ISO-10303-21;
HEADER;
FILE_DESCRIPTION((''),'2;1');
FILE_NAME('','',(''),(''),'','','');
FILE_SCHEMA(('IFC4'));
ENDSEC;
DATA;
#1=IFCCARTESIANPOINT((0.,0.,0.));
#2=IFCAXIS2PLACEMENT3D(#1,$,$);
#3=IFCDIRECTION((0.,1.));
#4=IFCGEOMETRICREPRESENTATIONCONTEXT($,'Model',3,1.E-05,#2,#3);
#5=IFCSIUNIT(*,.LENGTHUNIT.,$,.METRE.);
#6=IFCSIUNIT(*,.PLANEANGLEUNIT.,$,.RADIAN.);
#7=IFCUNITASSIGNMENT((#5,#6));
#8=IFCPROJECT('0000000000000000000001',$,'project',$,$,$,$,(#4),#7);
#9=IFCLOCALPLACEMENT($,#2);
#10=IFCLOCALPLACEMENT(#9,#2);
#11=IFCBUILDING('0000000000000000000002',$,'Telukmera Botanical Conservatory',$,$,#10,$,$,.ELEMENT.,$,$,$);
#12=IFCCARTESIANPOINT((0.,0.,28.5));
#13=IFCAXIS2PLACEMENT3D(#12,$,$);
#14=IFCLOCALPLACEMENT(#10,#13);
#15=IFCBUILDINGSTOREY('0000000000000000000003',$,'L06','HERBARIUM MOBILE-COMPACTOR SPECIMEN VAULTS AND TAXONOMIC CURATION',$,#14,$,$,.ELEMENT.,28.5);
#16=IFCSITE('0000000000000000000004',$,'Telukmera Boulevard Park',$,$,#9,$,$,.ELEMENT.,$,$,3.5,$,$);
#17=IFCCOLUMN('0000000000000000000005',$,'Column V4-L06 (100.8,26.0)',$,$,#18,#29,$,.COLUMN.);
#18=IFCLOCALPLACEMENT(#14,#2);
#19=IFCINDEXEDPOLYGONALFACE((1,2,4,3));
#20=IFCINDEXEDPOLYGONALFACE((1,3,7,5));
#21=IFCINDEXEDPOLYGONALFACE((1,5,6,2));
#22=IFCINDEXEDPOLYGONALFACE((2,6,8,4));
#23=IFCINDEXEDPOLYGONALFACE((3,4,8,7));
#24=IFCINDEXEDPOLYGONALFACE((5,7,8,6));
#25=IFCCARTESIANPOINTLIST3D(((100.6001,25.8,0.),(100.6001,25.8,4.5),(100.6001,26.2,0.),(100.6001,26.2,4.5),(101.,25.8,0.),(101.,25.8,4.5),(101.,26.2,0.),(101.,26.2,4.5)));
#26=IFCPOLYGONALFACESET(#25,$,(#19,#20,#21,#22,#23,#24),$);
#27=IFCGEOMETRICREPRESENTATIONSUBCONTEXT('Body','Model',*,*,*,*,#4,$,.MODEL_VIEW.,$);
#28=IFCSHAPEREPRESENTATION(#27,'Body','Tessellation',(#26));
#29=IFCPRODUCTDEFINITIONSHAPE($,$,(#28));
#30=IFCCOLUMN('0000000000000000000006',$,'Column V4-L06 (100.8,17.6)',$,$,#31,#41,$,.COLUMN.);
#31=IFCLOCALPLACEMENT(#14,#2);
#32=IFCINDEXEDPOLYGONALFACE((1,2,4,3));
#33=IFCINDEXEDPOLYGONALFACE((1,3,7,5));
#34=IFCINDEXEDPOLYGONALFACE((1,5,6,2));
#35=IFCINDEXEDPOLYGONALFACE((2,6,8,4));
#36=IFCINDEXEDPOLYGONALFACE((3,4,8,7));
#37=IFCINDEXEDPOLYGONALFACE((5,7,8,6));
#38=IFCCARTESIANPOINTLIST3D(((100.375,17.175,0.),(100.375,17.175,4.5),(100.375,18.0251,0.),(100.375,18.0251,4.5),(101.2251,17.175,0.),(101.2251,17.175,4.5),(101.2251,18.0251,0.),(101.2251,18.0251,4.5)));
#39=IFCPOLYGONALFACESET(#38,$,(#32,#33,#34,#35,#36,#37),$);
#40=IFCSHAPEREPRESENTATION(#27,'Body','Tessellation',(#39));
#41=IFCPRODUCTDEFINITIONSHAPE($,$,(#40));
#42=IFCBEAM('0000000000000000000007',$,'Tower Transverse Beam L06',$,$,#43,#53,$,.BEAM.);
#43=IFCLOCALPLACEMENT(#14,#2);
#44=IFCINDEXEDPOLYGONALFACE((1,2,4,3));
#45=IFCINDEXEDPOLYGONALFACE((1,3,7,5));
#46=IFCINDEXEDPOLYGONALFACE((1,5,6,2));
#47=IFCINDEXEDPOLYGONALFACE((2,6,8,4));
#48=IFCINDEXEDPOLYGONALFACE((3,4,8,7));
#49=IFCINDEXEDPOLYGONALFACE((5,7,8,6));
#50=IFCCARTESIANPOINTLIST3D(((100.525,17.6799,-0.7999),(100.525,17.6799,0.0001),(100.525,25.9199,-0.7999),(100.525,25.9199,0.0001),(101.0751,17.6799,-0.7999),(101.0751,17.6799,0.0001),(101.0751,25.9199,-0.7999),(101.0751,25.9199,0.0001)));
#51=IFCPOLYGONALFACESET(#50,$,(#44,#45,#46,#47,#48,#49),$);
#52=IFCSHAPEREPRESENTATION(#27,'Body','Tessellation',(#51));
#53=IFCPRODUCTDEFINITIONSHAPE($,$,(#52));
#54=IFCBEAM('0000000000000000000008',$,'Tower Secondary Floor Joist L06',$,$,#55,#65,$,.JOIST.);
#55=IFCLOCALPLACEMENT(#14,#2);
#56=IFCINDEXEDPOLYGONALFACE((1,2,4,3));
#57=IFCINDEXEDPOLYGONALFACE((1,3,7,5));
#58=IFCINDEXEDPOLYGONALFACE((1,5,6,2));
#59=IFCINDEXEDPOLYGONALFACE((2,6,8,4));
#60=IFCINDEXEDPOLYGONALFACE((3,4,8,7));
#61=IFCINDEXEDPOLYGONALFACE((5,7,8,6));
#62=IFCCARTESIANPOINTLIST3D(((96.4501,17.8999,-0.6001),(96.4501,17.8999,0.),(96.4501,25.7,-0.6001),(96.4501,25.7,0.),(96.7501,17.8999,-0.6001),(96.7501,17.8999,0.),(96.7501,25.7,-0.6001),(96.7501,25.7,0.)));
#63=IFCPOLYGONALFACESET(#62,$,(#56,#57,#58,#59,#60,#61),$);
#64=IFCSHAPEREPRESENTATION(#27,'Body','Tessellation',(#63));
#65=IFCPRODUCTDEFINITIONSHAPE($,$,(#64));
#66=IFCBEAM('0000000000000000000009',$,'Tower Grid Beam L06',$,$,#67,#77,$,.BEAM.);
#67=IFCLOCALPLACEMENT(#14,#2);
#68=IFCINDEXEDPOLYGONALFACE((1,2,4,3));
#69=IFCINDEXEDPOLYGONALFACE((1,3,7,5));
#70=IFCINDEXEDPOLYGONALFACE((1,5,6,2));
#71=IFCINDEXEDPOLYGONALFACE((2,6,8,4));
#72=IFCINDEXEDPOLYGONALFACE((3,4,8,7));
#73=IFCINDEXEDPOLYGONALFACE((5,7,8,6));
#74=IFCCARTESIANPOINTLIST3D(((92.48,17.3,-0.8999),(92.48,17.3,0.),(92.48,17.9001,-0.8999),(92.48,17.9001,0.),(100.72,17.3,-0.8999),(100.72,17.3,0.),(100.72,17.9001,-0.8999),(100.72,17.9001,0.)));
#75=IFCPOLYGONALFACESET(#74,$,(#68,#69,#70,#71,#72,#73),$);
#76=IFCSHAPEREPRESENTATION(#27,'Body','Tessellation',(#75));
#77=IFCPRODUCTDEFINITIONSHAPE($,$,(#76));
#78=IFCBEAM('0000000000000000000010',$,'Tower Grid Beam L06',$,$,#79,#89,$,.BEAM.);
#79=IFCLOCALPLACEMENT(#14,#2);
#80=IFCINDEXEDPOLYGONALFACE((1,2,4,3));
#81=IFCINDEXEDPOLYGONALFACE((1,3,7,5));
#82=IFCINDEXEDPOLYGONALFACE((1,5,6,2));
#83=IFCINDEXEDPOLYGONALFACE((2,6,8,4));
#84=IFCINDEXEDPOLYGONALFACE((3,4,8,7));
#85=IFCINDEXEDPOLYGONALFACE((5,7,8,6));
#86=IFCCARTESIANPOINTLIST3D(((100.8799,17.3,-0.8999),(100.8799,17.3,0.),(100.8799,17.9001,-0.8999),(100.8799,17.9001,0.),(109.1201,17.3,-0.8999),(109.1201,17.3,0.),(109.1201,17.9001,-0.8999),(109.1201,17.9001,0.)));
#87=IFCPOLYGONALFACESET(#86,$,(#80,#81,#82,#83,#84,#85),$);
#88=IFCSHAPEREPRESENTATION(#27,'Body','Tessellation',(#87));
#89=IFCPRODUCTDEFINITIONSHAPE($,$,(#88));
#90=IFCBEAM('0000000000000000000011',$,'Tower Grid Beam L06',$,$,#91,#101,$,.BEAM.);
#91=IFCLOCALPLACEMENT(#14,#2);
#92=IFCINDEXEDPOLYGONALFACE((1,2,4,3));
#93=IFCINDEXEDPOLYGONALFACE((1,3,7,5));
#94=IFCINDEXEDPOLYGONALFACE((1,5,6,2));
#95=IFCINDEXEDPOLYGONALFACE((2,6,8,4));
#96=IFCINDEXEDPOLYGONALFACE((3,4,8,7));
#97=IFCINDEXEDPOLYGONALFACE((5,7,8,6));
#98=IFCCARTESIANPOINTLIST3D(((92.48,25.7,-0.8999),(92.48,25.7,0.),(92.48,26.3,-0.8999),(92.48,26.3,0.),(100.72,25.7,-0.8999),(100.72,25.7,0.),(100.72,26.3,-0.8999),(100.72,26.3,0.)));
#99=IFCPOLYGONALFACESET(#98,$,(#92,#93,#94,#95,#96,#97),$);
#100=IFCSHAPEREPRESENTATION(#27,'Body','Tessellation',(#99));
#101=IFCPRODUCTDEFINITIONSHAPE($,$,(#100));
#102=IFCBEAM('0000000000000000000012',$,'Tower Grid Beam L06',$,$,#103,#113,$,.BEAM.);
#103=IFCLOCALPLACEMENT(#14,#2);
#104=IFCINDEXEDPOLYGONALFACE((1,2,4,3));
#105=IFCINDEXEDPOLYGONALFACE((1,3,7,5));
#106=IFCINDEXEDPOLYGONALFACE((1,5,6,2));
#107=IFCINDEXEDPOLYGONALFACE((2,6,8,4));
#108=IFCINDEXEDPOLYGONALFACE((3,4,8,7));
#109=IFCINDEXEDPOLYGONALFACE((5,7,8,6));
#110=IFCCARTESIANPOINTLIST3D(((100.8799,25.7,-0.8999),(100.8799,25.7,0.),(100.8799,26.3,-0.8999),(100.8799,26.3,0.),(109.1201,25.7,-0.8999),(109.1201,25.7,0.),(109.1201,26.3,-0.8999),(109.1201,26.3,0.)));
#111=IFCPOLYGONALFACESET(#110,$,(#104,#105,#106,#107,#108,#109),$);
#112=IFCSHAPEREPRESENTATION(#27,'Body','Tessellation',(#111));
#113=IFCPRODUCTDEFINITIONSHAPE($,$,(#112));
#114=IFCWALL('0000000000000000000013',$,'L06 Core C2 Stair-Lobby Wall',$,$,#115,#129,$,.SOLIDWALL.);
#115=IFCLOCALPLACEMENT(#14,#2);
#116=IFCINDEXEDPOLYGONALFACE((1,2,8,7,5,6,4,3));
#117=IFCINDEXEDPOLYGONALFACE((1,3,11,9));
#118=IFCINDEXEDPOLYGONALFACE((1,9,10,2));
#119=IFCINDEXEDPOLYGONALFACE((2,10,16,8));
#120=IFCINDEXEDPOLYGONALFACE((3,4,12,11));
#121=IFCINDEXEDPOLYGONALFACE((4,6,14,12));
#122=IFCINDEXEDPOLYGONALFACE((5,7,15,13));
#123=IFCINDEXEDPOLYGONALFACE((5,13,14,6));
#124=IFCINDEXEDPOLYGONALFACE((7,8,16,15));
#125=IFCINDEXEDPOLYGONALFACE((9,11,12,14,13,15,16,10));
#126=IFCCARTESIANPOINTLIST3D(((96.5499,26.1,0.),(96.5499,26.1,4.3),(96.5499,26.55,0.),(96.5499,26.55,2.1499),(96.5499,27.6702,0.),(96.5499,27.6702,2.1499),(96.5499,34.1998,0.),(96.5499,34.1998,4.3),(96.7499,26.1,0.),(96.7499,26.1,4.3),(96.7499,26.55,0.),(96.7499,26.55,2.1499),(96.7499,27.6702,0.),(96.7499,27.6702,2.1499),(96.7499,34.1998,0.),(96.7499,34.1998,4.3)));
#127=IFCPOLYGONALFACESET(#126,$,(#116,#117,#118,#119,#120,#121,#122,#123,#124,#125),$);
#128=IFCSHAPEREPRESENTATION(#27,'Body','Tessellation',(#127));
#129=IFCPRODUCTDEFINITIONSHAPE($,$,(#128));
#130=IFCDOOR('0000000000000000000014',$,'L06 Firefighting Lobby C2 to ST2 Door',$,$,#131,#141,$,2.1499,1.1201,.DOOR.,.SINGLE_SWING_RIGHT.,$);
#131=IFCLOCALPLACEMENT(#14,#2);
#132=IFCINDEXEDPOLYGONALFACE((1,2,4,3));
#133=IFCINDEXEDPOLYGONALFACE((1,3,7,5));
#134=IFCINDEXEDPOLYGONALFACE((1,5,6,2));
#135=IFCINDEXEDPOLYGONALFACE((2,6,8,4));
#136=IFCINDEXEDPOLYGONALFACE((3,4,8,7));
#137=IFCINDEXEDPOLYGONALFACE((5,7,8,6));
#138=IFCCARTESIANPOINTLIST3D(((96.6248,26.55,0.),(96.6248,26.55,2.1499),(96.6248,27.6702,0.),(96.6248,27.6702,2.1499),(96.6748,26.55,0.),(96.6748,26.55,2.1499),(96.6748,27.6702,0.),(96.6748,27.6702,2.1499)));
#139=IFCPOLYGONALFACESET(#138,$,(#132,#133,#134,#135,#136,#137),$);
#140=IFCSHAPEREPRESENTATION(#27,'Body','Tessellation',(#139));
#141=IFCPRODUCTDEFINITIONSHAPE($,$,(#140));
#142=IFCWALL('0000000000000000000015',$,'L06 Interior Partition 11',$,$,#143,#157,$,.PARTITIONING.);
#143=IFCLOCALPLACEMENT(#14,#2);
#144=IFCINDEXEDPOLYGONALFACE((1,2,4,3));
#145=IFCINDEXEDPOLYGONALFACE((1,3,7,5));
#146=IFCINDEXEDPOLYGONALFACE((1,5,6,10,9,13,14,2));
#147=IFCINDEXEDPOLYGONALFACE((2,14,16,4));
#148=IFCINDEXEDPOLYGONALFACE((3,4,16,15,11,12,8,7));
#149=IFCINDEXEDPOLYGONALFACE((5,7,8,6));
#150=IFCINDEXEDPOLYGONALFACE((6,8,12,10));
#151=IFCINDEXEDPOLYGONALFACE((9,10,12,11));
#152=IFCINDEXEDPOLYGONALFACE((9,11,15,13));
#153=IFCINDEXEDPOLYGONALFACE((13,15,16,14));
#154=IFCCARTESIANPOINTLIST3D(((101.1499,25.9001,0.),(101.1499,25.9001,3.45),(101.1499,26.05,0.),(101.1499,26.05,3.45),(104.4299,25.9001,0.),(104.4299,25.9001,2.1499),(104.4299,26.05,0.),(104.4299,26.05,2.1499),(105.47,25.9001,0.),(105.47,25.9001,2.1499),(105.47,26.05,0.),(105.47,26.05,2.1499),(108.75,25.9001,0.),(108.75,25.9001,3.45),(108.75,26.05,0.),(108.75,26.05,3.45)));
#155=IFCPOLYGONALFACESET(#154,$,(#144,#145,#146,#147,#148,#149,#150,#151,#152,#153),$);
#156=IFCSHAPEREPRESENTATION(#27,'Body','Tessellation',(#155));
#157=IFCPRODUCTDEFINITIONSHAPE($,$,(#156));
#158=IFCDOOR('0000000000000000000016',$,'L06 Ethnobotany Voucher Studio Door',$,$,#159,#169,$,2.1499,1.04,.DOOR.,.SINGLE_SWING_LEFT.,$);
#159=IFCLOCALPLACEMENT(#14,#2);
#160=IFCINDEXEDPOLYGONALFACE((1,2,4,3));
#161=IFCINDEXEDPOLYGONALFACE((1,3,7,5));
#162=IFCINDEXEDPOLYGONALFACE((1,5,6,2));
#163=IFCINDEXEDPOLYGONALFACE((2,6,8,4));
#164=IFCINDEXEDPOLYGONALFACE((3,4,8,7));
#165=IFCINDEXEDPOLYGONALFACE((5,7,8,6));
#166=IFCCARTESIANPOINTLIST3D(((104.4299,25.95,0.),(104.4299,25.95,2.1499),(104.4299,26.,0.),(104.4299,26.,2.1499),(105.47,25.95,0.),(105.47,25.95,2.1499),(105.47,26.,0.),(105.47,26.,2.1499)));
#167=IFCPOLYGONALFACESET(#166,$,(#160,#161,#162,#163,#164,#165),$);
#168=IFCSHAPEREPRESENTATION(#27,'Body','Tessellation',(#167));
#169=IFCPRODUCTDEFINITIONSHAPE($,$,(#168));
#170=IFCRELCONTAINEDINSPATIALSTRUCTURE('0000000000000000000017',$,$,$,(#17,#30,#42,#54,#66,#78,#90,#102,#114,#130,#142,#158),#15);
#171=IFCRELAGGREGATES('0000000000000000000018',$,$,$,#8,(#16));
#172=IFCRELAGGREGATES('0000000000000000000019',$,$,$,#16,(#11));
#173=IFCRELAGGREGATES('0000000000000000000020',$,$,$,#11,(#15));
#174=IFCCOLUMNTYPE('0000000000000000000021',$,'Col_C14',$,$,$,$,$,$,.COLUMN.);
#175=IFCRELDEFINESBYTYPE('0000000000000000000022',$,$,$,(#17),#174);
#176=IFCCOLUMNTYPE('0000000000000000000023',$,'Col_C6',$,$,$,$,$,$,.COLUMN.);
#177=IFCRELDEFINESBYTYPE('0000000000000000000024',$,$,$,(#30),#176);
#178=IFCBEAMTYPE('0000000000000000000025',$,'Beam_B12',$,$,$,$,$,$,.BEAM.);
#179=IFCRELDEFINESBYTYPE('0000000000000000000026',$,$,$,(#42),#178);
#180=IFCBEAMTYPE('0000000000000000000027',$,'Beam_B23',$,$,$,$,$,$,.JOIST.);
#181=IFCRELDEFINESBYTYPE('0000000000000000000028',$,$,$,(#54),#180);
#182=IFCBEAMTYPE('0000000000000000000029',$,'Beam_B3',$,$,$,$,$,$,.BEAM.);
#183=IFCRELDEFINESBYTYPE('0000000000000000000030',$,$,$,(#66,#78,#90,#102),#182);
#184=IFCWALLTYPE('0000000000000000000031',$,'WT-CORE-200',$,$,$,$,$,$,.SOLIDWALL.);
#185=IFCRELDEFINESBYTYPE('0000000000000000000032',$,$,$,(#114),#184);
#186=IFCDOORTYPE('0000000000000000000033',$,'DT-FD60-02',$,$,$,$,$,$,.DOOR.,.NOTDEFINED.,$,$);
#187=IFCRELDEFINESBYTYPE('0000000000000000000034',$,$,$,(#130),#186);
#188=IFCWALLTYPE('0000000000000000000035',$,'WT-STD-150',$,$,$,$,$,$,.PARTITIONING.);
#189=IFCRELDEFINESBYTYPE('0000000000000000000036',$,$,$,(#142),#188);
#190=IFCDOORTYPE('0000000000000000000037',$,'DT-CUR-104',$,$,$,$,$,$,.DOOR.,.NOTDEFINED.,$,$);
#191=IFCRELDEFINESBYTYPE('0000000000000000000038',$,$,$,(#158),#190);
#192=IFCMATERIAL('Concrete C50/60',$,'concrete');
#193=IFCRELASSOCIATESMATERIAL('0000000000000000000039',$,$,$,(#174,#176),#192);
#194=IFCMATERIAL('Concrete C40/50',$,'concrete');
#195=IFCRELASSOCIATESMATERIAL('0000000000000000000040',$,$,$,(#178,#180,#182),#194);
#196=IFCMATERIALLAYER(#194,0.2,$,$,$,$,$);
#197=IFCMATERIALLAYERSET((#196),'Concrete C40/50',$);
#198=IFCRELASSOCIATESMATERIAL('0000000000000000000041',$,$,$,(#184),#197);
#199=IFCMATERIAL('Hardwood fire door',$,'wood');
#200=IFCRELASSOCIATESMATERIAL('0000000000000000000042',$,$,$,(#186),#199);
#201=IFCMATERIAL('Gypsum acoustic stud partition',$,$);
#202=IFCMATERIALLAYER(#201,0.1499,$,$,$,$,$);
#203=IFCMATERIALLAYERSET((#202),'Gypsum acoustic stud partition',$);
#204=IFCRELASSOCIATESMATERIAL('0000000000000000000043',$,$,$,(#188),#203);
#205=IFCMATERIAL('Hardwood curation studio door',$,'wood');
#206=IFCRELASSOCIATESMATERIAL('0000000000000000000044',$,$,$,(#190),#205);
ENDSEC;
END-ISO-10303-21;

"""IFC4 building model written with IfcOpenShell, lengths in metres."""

from ifc_helpers import new_model, si_unit, direction, frame, frame_2d, origin, origin_2d, place, context, subcontext, project, spatial, rectangle, extrude, material, layer, layer_set, material_profile, profile_set, type_object, element, fill, save


model = new_model("IFC4")

# Units and contexts
model_context = context("Model", 3, precision=1e-05, world=origin(), true_north=direction((0.0, 1.0)))
body_context = subcontext(model_context, "Body", "Model", "MODEL_VIEW")
ifc_project = project(units=[si_unit("LENGTHUNIT", "METRE"), si_unit("PLANEANGLEUNIT", "RADIAN")], contexts=[model_context])

# Site, building, storey
site_placement = place(None, origin())
site = spatial("IfcSite", under=ifc_project, at=site_placement, Name="Telukmera Boulevard Park", CompositionType="ELEMENT", RefElevation=3.5)
building_placement = place(site_placement, origin())
building = spatial("IfcBuilding", under=site, at=building_placement, Name="Telukmera Botanical Conservatory", CompositionType="ELEMENT")
storey_placement = place(building_placement, frame((0.0, 0.0, 28.5)))
storey = spatial("IfcBuildingStorey", under=building, at=storey_placement, Name="L06", Description="HERBARIUM MOBILE-COMPACTOR SPECIMEN VAULTS AND TAXONOMIC CURATION", CompositionType="ELEMENT", Elevation=28.5)

# Columns
ifc_material_1 = material(Name="Concrete C50/60", Category="concrete")
ifc_material_profile_1 = material_profile(ifc_material_1, rectangle(XDim=0.3999, YDim=0.3999, at=origin_2d()), Name="RC 400x400")
ifc_profile_set_1 = profile_set([ifc_material_profile_1], Name="Concrete C50/60")
column_type_1 = type_object("IfcColumnType", Name="Col_C14", PredefinedType="COLUMN", material=ifc_profile_set_1)
column_1_placement = place(storey_placement, frame((100.8, 26.0, 0.0), z_axis=(0.0, 0.0, 1.0), x_axis=(1.0, 0.0, 0.0)))
element("IfcColumn", 1, at=column_1_placement, inside=storey, type_object=column_type_1, Name="Column V4-L06 (100.8,26.0)", PredefinedType="COLUMN", context=body_context, shape_type="SweptSolid", body=[
    extrude(rectangle(XDim=0.3999, YDim=0.3999, at=origin_2d()), origin(), (0.0, 0.0, 1.0), 4.5),
])
ifc_material_profile_2 = material_profile(ifc_material_1, rectangle(XDim=0.8501, YDim=0.8501, at=origin_2d()), Name="RC 850x850")
ifc_profile_set_2 = profile_set([ifc_material_profile_2], Name="Concrete C50/60")
column_type_2 = type_object("IfcColumnType", Name="Col_C6", PredefinedType="COLUMN", material=ifc_profile_set_2)
column_2_placement = place(storey_placement, frame((100.8, 17.6001, 0.0), z_axis=(0.0, 0.0, 1.0), x_axis=(1.0, 0.0, 0.0)))
element("IfcColumn", 2, at=column_2_placement, inside=storey, type_object=column_type_2, Name="Column V4-L06 (100.8,17.6)", PredefinedType="COLUMN", context=body_context, shape_type="SweptSolid", body=[
    extrude(rectangle(XDim=0.8501, YDim=0.8501, at=origin_2d()), origin(), (0.0, 0.0, 1.0), 4.5),
])

# Beams
ifc_material_2 = material(Name="Concrete C40/50", Category="concrete")
ifc_material_profile_3 = material_profile(ifc_material_2, rectangle(XDim=0.55, YDim=0.8, at=origin_2d()), Name="RC 550x800")
ifc_profile_set_3 = profile_set([ifc_material_profile_3], Name="Concrete C40/50")
beam_type_1 = type_object("IfcBeamType", Name="Beam_B12", PredefinedType="BEAM", material=ifc_profile_set_3)
beam_1_placement = place(storey_placement, frame((100.8, 17.6799, -0.3999), z_axis=(0.0, 1.0, 0.0), x_axis=(-1.0, 0.0, 0.0)))
element("IfcBeam", 3, at=beam_1_placement, inside=storey, type_object=beam_type_1, Name="Tower Transverse Beam L06", PredefinedType="BEAM", context=body_context, shape_type="SweptSolid", body=[
    extrude(rectangle(XDim=0.55, YDim=0.8, at=origin_2d()), origin(), (0.0, 0.0, 1.0), 8.24),
])
ifc_material_profile_4 = material_profile(ifc_material_2, rectangle(XDim=0.3, YDim=0.6001, at=origin_2d()), Name="RC 300x600")
ifc_profile_set_4 = profile_set([ifc_material_profile_4], Name="Concrete C40/50")
beam_type_2 = type_object("IfcBeamType", Name="Beam_B23", PredefinedType="JOIST", material=ifc_profile_set_4)
beam_2_placement = place(storey_placement, frame((96.6001, 17.8999, -0.3), z_axis=(0.0, 1.0, 0.0), x_axis=(-1.0, 0.0, 0.0)))
element("IfcBeam", 4, at=beam_2_placement, inside=storey, type_object=beam_type_2, Name="Tower Secondary Floor Joist L06", PredefinedType="JOIST", context=body_context, shape_type="SweptSolid", body=[
    extrude(rectangle(XDim=0.3, YDim=0.6001, at=origin_2d()), origin(), (0.0, 0.0, 1.0), 7.8),
])
ifc_material_profile_5 = material_profile(ifc_material_2, rectangle(XDim=0.6001, YDim=0.8999, at=origin_2d()), Name="RC 600x900")
ifc_profile_set_5 = profile_set([ifc_material_profile_5], Name="Concrete C40/50")
beam_type_3 = type_object("IfcBeamType", Name="Beam_B3", PredefinedType="BEAM", material=ifc_profile_set_5)
beam_3_placement = place(storey_placement, frame((92.48, 17.6001, -0.45), z_axis=(1.0, 0.0, 0.0), x_axis=(0.0, 1.0, 0.0)))
element("IfcBeam", 5, at=beam_3_placement, inside=storey, type_object=beam_type_3, Name="Tower Grid Beam L06", PredefinedType="BEAM", context=body_context, shape_type="SweptSolid", body=[
    extrude(rectangle(XDim=0.6001, YDim=0.8999, at=origin_2d()), origin(), (0.0, 0.0, 1.0), 8.24),
])
beam_4_placement = place(storey_placement, frame((100.8799, 17.6001, -0.45), z_axis=(1.0, 0.0, 0.0), x_axis=(0.0, 1.0, 0.0)))
element("IfcBeam", 6, at=beam_4_placement, inside=storey, type_object=beam_type_3, Name="Tower Grid Beam L06", PredefinedType="BEAM", context=body_context, shape_type="SweptSolid", body=[
    extrude(rectangle(XDim=0.6001, YDim=0.8999, at=origin_2d()), origin(), (0.0, 0.0, 1.0), 8.2402),
])
beam_5_placement = place(storey_placement, frame((92.48, 26.0, -0.45), z_axis=(1.0, 0.0, 0.0), x_axis=(0.0, 1.0, 0.0)))
element("IfcBeam", 7, at=beam_5_placement, inside=storey, type_object=beam_type_3, Name="Tower Grid Beam L06", PredefinedType="BEAM", context=body_context, shape_type="SweptSolid", body=[
    extrude(rectangle(XDim=0.6001, YDim=0.8999, at=origin_2d()), origin(), (0.0, 0.0, 1.0), 8.24),
])
beam_6_placement = place(storey_placement, frame((100.8799, 26.0, -0.45), z_axis=(1.0, 0.0, 0.0), x_axis=(0.0, 1.0, 0.0)))
element("IfcBeam", 8, at=beam_6_placement, inside=storey, type_object=beam_type_3, Name="Tower Grid Beam L06", PredefinedType="BEAM", context=body_context, shape_type="SweptSolid", body=[
    extrude(rectangle(XDim=0.6001, YDim=0.8999, at=origin_2d()), origin(), (0.0, 0.0, 1.0), 8.2402),
])

# Shared definitions
ifc_layer_1 = layer(ifc_material_2, 0.2)
ifc_layer_set_1 = layer_set([ifc_layer_1], Name="Concrete C40/50")
wall_type_1 = type_object("IfcWallType", Name="WT-CORE-200", PredefinedType="SOLIDWALL", material=ifc_layer_set_1)
ifc_material_3 = material(Name="Hardwood fire door", Category="wood")

# Walls, openings, doors
wall_1_placement = place(storey_placement, frame((96.6499, 26.1001, 0.0), z_axis=(0.0, 0.0, 1.0), x_axis=(0.0, 1.0, 0.0)))
wall_1 = element("IfcWall", 9, at=wall_1_placement, inside=storey, type_object=wall_type_1, Name="L06 Core C2 Stair-Lobby Wall", PredefinedType="SOLIDWALL", context=body_context, shape_type="SweptSolid", body=[
    extrude(rectangle(XDim=8.0999, YDim=0.2, at=frame_2d((4.0498, 0.0))), origin(), (0.0, 0.0, 1.0), 4.3),
])
opening_1_placement = place(wall_1_placement, frame((0.45, 0.0, 0.0)))
opening_1 = element("IfcOpeningElement", 10, at=opening_1_placement, cuts=wall_1, PredefinedType="OPENING", context=body_context, shape_type="SweptSolid", body=[
    extrude(rectangle(XDim=1.1201, YDim=2.1499, at=frame_2d((0.5601, 1.075))), frame((0.0, 0.1099, 0.0), z_axis=(0.0, -1.0, 0.0), x_axis=(1.0, 0.0, 0.0)), (0.0, 0.0, 1.0), 0.22),
])
door_type_1 = type_object("IfcDoorType", Name="DT-FD60-02", OperationType="NOTDEFINED", PredefinedType="DOOR", material=ifc_material_3)
door_1_placement = place(opening_1_placement, frame((1.1201, 0.0, 0.0), z_axis=(0.0, 0.0, 1.0), x_axis=(-1.0, 0.0, 0.0)))
door_1 = element("IfcDoor", 11, at=door_1_placement, inside=storey, type_object=door_type_1, Name="L06 Firefighting Lobby C2 to ST2 Door", OperationType="SINGLE_SWING_RIGHT", OverallHeight=2.1499, OverallWidth=1.1201, PredefinedType="DOOR", context=body_context, shape_type="SweptSolid", body=[
    extrude(rectangle(XDim=1.1201, YDim=2.1499, at=frame_2d((0.5601, 1.075))), frame((0.0, 0.0249, 0.0), z_axis=(0.0, -1.0, 0.0), x_axis=(1.0, 0.0, 0.0)), (0.0, 0.0, 1.0), 0.05),
])
fill(opening_1, door_1)
ifc_material_4 = material(Name="Gypsum acoustic stud partition")
ifc_layer_2 = layer(ifc_material_4, 0.1499)
ifc_layer_set_2 = layer_set([ifc_layer_2], Name="Gypsum acoustic stud partition")
wall_type_2 = type_object("IfcWallType", Name="WT-STD-150", PredefinedType="PARTITIONING", material=ifc_layer_set_2)
wall_2_placement = place(storey_placement, frame((101.1499, 25.9751, 0.0), z_axis=(0.0, 0.0, 1.0), x_axis=(1.0, 0.0, 0.0)))
wall_2 = element("IfcWall", 12, at=wall_2_placement, inside=storey, type_object=wall_type_2, Name="L06 Interior Partition 11", PredefinedType="PARTITIONING", context=body_context, shape_type="SweptSolid", body=[
    extrude(rectangle(XDim=7.6001, YDim=0.1499, at=frame_2d((3.8, 0.0))), origin(), (0.0, 0.0, 1.0), 3.45),
])
opening_2_placement = place(wall_2_placement, frame((3.28, 0.0, 0.0)))
opening_2 = element("IfcOpeningElement", 13, at=opening_2_placement, cuts=wall_2, PredefinedType="OPENING", context=body_context, shape_type="SweptSolid", body=[
    extrude(rectangle(XDim=1.04, YDim=2.1499, at=frame_2d((0.52, 1.075))), frame((0.0, 0.085, 0.0), z_axis=(0.0, -1.0, 0.0), x_axis=(1.0, 0.0, 0.0)), (0.0, 0.0, 1.0), 0.1699),
])
ifc_material_5 = material(Name="Hardwood curation studio door", Category="wood")
door_type_2 = type_object("IfcDoorType", Name="DT-CUR-104", OperationType="NOTDEFINED", PredefinedType="DOOR", material=ifc_material_5)
door_2_placement = place(opening_2_placement, origin())
door_2 = element("IfcDoor", 14, at=door_2_placement, inside=storey, type_object=door_type_2, Name="L06 Ethnobotany Voucher Studio Door", OperationType="SINGLE_SWING_LEFT", OverallHeight=2.1499, OverallWidth=1.04, PredefinedType="DOOR", context=body_context, shape_type="SweptSolid", body=[
    extrude(rectangle(XDim=1.04, YDim=2.1499, at=frame_2d((0.52, 1.075))), frame((0.0, 0.0249, 0.0), z_axis=(0.0, -1.0, 0.0), x_axis=(1.0, 0.0, 0.0)), (0.0, 0.0, 1.0), 0.05),
])
fill(opening_2, door_2)

save(model, "model.ifc")
